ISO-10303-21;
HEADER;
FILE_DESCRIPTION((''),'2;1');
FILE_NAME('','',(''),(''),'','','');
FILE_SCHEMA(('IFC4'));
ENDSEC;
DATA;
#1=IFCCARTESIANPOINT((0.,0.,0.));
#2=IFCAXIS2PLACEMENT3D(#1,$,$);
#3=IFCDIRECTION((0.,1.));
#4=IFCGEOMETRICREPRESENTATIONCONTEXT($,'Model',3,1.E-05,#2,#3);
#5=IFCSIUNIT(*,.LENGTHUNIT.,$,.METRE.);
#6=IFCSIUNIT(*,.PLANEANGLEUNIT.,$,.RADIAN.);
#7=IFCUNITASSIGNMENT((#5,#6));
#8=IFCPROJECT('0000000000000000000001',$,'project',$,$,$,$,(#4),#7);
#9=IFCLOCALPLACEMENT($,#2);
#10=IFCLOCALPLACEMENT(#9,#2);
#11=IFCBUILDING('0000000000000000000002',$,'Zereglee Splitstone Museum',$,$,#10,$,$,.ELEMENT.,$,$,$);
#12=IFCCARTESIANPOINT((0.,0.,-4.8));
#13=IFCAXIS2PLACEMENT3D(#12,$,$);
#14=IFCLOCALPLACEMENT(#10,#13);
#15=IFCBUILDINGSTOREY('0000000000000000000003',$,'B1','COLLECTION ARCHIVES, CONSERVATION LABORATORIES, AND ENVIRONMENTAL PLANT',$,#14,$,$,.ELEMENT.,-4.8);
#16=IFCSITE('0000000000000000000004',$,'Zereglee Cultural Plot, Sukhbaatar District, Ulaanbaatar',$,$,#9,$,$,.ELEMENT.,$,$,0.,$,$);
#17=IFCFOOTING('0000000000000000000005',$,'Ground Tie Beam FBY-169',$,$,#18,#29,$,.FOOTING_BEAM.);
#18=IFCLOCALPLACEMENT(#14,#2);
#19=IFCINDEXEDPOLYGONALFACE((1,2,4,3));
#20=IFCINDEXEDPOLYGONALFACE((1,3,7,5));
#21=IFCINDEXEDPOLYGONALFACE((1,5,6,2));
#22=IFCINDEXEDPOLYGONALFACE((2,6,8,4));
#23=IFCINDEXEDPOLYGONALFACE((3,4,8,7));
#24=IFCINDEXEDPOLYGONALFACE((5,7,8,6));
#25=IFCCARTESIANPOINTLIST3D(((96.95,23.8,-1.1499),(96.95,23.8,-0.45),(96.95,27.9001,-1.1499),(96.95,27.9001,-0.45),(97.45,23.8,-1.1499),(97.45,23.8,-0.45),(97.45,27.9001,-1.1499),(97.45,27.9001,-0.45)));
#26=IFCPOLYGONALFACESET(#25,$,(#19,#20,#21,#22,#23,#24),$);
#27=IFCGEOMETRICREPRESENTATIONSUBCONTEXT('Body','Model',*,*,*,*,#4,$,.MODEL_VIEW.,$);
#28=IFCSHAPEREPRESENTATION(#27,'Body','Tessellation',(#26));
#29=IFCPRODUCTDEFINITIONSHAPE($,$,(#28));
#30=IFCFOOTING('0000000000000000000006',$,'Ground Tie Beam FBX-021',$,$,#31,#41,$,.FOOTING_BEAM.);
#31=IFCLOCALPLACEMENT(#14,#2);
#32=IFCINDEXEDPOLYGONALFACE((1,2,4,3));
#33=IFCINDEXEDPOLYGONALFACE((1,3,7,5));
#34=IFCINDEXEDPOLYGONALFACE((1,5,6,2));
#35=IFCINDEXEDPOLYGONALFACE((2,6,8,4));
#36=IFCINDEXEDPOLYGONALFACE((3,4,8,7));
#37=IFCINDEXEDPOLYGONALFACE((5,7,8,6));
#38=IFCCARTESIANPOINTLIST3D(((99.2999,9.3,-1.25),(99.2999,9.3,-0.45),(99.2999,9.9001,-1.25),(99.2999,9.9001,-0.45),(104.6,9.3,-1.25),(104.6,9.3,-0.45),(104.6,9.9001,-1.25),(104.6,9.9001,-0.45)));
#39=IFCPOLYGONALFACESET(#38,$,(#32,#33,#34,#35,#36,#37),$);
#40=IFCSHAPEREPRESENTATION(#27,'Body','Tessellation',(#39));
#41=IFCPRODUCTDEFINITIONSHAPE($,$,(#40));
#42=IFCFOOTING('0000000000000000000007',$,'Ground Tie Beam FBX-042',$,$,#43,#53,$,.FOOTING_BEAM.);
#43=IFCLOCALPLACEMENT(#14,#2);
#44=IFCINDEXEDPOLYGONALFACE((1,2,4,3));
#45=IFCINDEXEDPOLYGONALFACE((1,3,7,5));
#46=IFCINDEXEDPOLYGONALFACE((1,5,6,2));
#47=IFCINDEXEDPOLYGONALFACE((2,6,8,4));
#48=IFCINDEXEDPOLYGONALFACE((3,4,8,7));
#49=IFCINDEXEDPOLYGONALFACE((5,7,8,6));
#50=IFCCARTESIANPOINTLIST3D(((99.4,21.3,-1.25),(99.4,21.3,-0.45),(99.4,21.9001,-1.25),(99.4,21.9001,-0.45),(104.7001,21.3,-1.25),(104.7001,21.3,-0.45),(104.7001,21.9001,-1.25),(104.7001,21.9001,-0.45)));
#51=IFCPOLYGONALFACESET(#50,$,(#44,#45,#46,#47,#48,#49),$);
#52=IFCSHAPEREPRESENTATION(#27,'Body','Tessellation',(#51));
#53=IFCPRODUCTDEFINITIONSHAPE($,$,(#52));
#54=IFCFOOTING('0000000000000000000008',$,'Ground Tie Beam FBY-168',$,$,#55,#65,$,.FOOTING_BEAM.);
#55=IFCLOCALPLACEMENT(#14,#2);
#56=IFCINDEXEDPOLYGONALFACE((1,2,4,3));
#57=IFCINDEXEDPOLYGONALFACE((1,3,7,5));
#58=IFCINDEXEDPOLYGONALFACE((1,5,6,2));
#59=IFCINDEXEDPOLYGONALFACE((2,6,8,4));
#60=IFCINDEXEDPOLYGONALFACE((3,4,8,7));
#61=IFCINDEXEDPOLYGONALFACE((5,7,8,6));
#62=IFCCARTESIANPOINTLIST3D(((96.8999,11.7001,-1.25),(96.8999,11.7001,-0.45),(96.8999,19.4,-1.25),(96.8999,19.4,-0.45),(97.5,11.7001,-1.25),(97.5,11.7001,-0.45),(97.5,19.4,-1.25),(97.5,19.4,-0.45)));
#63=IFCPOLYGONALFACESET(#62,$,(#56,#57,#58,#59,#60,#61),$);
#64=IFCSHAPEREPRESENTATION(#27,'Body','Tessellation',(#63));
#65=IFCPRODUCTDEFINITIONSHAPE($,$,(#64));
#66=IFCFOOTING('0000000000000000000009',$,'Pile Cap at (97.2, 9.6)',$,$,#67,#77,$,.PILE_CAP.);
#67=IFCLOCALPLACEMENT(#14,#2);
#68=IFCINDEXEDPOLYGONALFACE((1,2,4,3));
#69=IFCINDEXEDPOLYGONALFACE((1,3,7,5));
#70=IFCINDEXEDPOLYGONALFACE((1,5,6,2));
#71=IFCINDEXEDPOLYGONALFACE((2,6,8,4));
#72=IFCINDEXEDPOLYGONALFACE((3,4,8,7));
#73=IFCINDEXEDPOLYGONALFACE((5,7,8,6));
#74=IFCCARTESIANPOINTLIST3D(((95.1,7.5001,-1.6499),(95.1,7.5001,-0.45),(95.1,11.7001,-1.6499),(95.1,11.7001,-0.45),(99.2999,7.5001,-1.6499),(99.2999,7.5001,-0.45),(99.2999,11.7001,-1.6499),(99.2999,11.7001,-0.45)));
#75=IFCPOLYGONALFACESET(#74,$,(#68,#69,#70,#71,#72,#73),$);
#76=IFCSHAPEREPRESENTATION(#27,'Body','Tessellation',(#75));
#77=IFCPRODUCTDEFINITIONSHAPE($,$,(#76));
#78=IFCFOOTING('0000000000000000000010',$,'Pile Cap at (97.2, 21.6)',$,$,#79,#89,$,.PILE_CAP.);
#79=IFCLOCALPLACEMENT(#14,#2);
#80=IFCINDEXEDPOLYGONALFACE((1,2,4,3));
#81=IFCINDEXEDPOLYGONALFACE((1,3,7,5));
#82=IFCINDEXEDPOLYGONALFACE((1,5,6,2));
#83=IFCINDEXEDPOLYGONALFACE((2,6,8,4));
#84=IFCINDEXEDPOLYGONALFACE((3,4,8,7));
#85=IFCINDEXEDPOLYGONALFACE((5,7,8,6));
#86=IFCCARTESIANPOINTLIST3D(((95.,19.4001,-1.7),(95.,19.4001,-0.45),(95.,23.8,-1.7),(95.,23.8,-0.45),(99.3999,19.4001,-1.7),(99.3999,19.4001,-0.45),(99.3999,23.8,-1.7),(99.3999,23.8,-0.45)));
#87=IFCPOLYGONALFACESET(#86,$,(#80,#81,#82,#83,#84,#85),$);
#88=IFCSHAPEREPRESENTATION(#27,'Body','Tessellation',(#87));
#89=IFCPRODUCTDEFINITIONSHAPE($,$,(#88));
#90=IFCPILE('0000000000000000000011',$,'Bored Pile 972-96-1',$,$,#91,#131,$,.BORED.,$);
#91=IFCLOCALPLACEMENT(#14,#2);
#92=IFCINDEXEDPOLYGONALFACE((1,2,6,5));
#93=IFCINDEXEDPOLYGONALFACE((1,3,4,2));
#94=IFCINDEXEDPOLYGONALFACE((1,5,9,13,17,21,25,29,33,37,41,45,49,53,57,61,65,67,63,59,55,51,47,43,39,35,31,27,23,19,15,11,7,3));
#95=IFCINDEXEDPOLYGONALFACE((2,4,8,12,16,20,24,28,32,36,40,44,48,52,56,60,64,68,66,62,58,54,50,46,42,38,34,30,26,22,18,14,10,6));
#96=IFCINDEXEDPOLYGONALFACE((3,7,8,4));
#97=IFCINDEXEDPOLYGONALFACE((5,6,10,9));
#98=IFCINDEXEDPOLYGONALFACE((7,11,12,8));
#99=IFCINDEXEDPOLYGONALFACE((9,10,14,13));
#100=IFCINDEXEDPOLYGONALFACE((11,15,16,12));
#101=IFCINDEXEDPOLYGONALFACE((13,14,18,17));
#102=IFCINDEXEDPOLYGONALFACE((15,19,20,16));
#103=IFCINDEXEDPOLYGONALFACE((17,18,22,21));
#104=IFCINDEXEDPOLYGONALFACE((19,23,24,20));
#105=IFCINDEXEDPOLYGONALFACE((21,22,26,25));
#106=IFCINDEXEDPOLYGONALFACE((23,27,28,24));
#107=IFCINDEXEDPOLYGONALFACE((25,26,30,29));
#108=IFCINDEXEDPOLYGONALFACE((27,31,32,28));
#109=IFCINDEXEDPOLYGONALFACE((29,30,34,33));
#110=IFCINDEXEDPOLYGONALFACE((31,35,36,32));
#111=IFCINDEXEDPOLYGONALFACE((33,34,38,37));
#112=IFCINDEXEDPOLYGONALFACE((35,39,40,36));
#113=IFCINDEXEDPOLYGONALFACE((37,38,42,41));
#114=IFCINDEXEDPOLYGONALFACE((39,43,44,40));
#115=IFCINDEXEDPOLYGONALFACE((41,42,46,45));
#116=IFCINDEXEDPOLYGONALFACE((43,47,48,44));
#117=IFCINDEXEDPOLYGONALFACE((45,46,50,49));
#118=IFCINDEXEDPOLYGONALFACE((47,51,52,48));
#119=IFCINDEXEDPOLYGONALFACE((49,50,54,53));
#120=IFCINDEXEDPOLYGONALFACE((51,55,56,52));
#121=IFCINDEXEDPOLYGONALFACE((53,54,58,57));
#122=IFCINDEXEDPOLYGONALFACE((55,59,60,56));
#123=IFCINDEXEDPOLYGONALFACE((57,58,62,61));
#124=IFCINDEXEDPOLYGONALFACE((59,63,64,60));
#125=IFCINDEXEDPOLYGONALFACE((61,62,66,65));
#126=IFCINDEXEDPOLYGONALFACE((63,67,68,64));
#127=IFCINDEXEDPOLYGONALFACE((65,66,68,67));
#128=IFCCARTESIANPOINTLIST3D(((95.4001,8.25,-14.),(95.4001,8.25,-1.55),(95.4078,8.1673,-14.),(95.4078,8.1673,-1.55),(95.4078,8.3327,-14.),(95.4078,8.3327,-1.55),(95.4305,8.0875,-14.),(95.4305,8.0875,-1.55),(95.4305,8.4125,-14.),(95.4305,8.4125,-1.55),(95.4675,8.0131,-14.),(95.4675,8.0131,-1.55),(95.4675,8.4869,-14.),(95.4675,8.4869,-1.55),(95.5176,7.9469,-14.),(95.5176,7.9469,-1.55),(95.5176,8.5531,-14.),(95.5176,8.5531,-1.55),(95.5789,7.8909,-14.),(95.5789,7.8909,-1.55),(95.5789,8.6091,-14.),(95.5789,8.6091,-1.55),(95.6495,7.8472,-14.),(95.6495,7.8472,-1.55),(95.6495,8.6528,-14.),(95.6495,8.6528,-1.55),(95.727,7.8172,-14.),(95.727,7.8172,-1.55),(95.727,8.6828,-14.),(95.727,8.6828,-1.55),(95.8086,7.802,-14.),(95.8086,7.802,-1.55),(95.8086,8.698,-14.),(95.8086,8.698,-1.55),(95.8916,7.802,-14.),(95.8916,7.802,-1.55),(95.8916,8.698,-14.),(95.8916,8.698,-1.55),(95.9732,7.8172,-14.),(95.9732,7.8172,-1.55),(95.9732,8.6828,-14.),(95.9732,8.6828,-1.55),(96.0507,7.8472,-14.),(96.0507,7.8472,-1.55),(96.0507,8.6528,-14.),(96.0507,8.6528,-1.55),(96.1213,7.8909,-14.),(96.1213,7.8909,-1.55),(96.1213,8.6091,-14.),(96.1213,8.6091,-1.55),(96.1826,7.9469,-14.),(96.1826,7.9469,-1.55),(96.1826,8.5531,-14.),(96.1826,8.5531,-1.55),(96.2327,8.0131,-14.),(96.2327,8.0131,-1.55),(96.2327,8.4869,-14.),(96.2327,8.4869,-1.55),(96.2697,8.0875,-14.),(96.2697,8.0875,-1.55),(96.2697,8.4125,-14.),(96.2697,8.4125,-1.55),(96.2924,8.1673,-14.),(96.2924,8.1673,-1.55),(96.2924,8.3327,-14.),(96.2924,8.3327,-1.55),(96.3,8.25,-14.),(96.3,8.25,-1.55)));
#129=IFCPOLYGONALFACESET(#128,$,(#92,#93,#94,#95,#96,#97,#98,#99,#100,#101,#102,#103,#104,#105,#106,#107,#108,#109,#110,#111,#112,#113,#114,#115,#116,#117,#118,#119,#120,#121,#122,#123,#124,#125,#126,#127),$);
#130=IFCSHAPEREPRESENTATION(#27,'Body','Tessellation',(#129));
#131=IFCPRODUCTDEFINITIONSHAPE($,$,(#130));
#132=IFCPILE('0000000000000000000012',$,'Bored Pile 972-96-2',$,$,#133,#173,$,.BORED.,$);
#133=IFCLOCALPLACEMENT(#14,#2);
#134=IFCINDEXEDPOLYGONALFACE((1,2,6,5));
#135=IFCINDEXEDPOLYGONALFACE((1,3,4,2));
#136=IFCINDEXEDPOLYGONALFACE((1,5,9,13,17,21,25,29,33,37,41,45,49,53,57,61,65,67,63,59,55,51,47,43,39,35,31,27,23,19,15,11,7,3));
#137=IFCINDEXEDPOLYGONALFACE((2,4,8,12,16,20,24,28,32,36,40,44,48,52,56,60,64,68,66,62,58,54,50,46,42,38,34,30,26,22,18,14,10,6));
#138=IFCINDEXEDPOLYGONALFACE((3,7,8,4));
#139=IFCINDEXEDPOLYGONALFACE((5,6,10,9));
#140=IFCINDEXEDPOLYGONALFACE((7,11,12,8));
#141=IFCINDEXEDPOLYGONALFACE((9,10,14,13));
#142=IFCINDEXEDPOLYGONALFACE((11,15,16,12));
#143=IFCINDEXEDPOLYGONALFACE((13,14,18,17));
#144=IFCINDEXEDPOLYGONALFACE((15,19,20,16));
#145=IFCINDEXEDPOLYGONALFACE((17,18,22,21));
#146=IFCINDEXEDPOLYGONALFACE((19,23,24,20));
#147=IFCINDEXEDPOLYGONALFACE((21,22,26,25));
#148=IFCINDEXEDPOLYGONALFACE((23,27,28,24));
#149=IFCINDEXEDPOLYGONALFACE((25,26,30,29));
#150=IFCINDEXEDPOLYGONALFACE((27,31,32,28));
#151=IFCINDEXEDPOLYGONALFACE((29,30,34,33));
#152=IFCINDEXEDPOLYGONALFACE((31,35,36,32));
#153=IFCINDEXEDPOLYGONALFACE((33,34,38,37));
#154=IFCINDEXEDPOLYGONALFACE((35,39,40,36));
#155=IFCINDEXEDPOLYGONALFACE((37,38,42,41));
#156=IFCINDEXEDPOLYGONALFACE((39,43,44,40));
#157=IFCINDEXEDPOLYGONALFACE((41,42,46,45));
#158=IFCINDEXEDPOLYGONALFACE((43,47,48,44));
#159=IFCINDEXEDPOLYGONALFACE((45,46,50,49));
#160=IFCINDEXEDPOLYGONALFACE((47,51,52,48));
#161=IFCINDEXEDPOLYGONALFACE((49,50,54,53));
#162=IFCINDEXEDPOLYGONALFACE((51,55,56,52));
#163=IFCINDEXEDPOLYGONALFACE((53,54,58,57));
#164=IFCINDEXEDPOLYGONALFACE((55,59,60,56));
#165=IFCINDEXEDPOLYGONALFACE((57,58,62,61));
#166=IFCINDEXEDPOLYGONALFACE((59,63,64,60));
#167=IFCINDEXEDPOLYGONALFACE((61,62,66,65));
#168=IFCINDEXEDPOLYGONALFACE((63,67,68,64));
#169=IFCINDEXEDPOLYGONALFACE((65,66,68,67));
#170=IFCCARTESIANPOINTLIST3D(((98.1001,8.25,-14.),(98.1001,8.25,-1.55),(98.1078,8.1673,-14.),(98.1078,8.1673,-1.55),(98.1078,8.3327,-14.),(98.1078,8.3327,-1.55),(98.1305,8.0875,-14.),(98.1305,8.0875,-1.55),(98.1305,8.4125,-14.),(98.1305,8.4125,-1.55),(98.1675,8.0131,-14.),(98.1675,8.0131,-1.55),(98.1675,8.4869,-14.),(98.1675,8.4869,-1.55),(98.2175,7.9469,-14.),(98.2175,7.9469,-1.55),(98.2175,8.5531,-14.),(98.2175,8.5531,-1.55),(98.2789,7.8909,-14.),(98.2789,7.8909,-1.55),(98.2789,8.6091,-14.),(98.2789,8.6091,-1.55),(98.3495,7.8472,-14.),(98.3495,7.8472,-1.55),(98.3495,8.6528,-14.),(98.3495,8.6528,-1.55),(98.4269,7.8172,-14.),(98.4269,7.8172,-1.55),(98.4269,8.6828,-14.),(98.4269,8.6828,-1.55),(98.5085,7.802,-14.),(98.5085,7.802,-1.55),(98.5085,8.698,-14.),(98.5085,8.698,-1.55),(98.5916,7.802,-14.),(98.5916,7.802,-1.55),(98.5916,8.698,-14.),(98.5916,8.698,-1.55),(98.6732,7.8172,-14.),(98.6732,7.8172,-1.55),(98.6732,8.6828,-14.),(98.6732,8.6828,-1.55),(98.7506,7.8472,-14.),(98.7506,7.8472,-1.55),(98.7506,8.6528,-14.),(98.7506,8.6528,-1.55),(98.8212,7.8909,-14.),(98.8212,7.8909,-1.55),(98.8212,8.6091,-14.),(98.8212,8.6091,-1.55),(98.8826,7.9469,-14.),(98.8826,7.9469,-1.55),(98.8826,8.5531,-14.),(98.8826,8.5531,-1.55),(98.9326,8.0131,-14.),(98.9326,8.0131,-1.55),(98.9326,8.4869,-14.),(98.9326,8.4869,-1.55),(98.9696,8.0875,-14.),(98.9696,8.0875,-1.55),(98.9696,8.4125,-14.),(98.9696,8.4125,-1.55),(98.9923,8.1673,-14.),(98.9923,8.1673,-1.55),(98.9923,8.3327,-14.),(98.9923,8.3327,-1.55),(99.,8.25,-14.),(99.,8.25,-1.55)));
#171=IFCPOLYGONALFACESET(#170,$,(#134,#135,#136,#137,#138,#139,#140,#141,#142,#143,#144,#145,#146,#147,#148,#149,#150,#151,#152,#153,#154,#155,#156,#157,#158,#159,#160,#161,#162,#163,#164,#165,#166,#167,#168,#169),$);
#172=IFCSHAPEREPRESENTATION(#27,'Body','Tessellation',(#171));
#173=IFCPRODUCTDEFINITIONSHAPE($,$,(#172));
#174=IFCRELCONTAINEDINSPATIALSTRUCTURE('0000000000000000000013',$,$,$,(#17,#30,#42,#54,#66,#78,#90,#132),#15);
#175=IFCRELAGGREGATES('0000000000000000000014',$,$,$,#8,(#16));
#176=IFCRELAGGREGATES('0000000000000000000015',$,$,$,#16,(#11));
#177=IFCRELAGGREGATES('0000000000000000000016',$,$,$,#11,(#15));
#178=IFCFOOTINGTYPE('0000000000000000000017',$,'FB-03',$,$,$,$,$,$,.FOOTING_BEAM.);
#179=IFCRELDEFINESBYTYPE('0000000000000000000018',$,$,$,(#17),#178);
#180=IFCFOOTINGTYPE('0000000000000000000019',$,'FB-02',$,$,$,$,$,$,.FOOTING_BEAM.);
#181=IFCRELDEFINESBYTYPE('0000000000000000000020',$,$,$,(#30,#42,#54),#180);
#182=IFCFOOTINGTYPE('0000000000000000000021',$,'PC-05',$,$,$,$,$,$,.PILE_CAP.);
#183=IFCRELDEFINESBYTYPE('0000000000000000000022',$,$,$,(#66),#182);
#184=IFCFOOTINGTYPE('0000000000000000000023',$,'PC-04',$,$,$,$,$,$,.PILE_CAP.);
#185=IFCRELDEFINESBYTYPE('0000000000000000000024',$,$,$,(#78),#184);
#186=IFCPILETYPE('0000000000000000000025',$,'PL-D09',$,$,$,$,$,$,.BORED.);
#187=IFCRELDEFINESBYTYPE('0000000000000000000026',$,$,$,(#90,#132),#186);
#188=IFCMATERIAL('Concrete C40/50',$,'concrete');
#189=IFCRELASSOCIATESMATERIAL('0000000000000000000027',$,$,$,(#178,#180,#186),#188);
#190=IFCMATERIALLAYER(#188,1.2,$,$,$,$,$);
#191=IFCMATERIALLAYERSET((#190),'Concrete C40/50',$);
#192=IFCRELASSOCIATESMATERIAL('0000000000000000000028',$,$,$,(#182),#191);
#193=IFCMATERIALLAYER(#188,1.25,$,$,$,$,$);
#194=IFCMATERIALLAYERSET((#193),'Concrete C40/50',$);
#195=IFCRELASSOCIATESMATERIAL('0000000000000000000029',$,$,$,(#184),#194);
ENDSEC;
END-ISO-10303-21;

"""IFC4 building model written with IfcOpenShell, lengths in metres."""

from ifc_helpers import new_model, si_unit, direction, frame, origin, origin_2d, place, context, subcontext, project, spatial, rectangle, circle, extrude, material, layer, layer_set, material_profile, profile_set, type_object, element, save


model = new_model("IFC4")

# Units and contexts
model_context = context("Model", 3, precision=1e-05, world=origin(), true_north=direction((0.0, 1.0)))
body_context = subcontext(model_context, "Body", "Model", "MODEL_VIEW")
ifc_project = project(units=[si_unit("LENGTHUNIT", "METRE"), si_unit("PLANEANGLEUNIT", "RADIAN")], contexts=[model_context])

# Site, building, storey
site_placement = place(None, origin())
site = spatial("IfcSite", under=ifc_project, at=site_placement, Name="Zereglee Cultural Plot, Sukhbaatar District, Ulaanbaatar", CompositionType="ELEMENT", RefElevation=0.0)
building_placement = place(site_placement, origin())
building = spatial("IfcBuilding", under=site, at=building_placement, Name="Zereglee Splitstone Museum", CompositionType="ELEMENT")
storey_placement = place(building_placement, frame((0.0, 0.0, -4.8)))
storey = spatial("IfcBuildingStorey", under=building, at=storey_placement, Name="B1", Description="COLLECTION ARCHIVES, CONSERVATION LABORATORIES, AND ENVIRONMENTAL PLANT", CompositionType="ELEMENT", Elevation=-4.8)

# Footings
ifc_material_1 = material(Name="Concrete C40/50", Category="concrete")
footing_type_1 = type_object("IfcFootingType", Name="FB-03", PredefinedType="FOOTING_BEAM", material=ifc_material_1)
footing_1_placement = place(storey_placement, frame((97.2, 25.8501, -1.1499), z_axis=(0.0, 0.0, 1.0), x_axis=(0.0, 1.0, 0.0)))
element("IfcFooting", 1, at=footing_1_placement, inside=storey, type_object=footing_type_1, Name="Ground Tie Beam FBY-169", PredefinedType="FOOTING_BEAM", context=body_context, shape_type="SweptSolid", body=[
    extrude(rectangle(XDim=4.1001, YDim=0.5, at=origin_2d()), origin(), (0.0, 0.0, 1.0), 0.7),
])
footing_type_2 = type_object("IfcFootingType", Name="FB-02", PredefinedType="FOOTING_BEAM", material=ifc_material_1)
for number, where, z_axis, x_axis, name in (
    (2, (101.95, 9.6001, -1.25), (0.0, 0.0, 1.0), (1.0, 0.0, 0.0), "Ground Tie Beam FBX-021"),
    (3, (102.05, 21.6001, -1.25), (0.0, 0.0, 1.0), (1.0, 0.0, 0.0), "Ground Tie Beam FBX-042"),
):
    element("IfcFooting", number, at=place(storey_placement, frame(where, z_axis=z_axis, x_axis=x_axis)), inside=storey, type_object=footing_type_2, Name=name, PredefinedType="FOOTING_BEAM", context=body_context, shape_type="SweptSolid", body=[
        extrude(rectangle(XDim=5.3, YDim=0.6001, at=origin_2d()), origin(), (0.0, 0.0, 1.0), 0.8),
    ])
footing_2_placement = place(storey_placement, frame((97.2, 15.55, -1.25), z_axis=(0.0, 0.0, 1.0), x_axis=(0.0, 1.0, 0.0)))
element("IfcFooting", 4, at=footing_2_placement, inside=storey, type_object=footing_type_2, Name="Ground Tie Beam FBY-168", PredefinedType="FOOTING_BEAM", context=body_context, shape_type="SweptSolid", body=[
    extrude(rectangle(XDim=7.7, YDim=0.6001, at=origin_2d()), origin(), (0.0, 0.0, 1.0), 0.8),
])
ifc_layer_1 = layer(ifc_material_1, 1.2)
ifc_layer_set_1 = layer_set([ifc_layer_1], Name="Concrete C40/50")
footing_type_3 = type_object("IfcFootingType", Name="PC-05", PredefinedType="PILE_CAP", material=ifc_layer_set_1)
footing_3_placement = place(storey_placement, frame((97.2, 9.6001, -1.6499), z_axis=(0.0, 0.0, 1.0), x_axis=(1.0, 0.0, 0.0)))
element("IfcFooting", 5, at=footing_3_placement, inside=storey, type_object=footing_type_3, Name="Pile Cap at (97.2, 9.6)", PredefinedType="PILE_CAP", context=body_context, shape_type="SweptSolid", body=[
    extrude(rectangle(XDim=4.2, YDim=4.2, at=origin_2d()), origin(), (0.0, 0.0, 1.0), 1.2),
])
ifc_layer_2 = layer(ifc_material_1, 1.25)
ifc_layer_set_2 = layer_set([ifc_layer_2], Name="Concrete C40/50")
footing_type_4 = type_object("IfcFootingType", Name="PC-04", PredefinedType="PILE_CAP", material=ifc_layer_set_2)
footing_4_placement = place(storey_placement, frame((97.2, 21.6001, -1.7), z_axis=(0.0, 0.0, 1.0), x_axis=(1.0, 0.0, 0.0)))
element("IfcFooting", 6, at=footing_4_placement, inside=storey, type_object=footing_type_4, Name="Pile Cap at (97.2, 21.6)", PredefinedType="PILE_CAP", context=body_context, shape_type="SweptSolid", body=[
    extrude(rectangle(XDim=4.3999, YDim=4.3999, at=origin_2d()), origin(), (0.0, 0.0, 1.0), 1.25),
])

# Piles
ifc_material_profile_1 = material_profile(ifc_material_1, circle(Radius=0.45, at=origin_2d()), Name="PILE D900")
ifc_profile_set_1 = profile_set([ifc_material_profile_1], Name="Concrete C40/50")
pile_type = type_object("IfcPileType", Name="PL-D09", PredefinedType="BORED", material=ifc_profile_set_1)
for number, where, z_axis, x_axis, name in (
    (7, (95.8501, 8.25, -1.55), (0.0, 0.0, -1.0), (1.0, 0.0, 0.0), "Bored Pile 972-96-1"),
    (8, (98.55, 8.25, -1.55), (0.0, 0.0, -1.0), (1.0, 0.0, 0.0), "Bored Pile 972-96-2"),
):
    element("IfcPile", number, at=place(storey_placement, frame(where, z_axis=z_axis, x_axis=x_axis)), inside=storey, type_object=pile_type, Name=name, PredefinedType="BORED", context=body_context, shape_type="SweptSolid", body=[
        extrude(circle(Radius=0.45, at=origin_2d()), origin(), (0.0, 0.0, 1.0), 12.45),
    ])

save(model, "model.ifc")
